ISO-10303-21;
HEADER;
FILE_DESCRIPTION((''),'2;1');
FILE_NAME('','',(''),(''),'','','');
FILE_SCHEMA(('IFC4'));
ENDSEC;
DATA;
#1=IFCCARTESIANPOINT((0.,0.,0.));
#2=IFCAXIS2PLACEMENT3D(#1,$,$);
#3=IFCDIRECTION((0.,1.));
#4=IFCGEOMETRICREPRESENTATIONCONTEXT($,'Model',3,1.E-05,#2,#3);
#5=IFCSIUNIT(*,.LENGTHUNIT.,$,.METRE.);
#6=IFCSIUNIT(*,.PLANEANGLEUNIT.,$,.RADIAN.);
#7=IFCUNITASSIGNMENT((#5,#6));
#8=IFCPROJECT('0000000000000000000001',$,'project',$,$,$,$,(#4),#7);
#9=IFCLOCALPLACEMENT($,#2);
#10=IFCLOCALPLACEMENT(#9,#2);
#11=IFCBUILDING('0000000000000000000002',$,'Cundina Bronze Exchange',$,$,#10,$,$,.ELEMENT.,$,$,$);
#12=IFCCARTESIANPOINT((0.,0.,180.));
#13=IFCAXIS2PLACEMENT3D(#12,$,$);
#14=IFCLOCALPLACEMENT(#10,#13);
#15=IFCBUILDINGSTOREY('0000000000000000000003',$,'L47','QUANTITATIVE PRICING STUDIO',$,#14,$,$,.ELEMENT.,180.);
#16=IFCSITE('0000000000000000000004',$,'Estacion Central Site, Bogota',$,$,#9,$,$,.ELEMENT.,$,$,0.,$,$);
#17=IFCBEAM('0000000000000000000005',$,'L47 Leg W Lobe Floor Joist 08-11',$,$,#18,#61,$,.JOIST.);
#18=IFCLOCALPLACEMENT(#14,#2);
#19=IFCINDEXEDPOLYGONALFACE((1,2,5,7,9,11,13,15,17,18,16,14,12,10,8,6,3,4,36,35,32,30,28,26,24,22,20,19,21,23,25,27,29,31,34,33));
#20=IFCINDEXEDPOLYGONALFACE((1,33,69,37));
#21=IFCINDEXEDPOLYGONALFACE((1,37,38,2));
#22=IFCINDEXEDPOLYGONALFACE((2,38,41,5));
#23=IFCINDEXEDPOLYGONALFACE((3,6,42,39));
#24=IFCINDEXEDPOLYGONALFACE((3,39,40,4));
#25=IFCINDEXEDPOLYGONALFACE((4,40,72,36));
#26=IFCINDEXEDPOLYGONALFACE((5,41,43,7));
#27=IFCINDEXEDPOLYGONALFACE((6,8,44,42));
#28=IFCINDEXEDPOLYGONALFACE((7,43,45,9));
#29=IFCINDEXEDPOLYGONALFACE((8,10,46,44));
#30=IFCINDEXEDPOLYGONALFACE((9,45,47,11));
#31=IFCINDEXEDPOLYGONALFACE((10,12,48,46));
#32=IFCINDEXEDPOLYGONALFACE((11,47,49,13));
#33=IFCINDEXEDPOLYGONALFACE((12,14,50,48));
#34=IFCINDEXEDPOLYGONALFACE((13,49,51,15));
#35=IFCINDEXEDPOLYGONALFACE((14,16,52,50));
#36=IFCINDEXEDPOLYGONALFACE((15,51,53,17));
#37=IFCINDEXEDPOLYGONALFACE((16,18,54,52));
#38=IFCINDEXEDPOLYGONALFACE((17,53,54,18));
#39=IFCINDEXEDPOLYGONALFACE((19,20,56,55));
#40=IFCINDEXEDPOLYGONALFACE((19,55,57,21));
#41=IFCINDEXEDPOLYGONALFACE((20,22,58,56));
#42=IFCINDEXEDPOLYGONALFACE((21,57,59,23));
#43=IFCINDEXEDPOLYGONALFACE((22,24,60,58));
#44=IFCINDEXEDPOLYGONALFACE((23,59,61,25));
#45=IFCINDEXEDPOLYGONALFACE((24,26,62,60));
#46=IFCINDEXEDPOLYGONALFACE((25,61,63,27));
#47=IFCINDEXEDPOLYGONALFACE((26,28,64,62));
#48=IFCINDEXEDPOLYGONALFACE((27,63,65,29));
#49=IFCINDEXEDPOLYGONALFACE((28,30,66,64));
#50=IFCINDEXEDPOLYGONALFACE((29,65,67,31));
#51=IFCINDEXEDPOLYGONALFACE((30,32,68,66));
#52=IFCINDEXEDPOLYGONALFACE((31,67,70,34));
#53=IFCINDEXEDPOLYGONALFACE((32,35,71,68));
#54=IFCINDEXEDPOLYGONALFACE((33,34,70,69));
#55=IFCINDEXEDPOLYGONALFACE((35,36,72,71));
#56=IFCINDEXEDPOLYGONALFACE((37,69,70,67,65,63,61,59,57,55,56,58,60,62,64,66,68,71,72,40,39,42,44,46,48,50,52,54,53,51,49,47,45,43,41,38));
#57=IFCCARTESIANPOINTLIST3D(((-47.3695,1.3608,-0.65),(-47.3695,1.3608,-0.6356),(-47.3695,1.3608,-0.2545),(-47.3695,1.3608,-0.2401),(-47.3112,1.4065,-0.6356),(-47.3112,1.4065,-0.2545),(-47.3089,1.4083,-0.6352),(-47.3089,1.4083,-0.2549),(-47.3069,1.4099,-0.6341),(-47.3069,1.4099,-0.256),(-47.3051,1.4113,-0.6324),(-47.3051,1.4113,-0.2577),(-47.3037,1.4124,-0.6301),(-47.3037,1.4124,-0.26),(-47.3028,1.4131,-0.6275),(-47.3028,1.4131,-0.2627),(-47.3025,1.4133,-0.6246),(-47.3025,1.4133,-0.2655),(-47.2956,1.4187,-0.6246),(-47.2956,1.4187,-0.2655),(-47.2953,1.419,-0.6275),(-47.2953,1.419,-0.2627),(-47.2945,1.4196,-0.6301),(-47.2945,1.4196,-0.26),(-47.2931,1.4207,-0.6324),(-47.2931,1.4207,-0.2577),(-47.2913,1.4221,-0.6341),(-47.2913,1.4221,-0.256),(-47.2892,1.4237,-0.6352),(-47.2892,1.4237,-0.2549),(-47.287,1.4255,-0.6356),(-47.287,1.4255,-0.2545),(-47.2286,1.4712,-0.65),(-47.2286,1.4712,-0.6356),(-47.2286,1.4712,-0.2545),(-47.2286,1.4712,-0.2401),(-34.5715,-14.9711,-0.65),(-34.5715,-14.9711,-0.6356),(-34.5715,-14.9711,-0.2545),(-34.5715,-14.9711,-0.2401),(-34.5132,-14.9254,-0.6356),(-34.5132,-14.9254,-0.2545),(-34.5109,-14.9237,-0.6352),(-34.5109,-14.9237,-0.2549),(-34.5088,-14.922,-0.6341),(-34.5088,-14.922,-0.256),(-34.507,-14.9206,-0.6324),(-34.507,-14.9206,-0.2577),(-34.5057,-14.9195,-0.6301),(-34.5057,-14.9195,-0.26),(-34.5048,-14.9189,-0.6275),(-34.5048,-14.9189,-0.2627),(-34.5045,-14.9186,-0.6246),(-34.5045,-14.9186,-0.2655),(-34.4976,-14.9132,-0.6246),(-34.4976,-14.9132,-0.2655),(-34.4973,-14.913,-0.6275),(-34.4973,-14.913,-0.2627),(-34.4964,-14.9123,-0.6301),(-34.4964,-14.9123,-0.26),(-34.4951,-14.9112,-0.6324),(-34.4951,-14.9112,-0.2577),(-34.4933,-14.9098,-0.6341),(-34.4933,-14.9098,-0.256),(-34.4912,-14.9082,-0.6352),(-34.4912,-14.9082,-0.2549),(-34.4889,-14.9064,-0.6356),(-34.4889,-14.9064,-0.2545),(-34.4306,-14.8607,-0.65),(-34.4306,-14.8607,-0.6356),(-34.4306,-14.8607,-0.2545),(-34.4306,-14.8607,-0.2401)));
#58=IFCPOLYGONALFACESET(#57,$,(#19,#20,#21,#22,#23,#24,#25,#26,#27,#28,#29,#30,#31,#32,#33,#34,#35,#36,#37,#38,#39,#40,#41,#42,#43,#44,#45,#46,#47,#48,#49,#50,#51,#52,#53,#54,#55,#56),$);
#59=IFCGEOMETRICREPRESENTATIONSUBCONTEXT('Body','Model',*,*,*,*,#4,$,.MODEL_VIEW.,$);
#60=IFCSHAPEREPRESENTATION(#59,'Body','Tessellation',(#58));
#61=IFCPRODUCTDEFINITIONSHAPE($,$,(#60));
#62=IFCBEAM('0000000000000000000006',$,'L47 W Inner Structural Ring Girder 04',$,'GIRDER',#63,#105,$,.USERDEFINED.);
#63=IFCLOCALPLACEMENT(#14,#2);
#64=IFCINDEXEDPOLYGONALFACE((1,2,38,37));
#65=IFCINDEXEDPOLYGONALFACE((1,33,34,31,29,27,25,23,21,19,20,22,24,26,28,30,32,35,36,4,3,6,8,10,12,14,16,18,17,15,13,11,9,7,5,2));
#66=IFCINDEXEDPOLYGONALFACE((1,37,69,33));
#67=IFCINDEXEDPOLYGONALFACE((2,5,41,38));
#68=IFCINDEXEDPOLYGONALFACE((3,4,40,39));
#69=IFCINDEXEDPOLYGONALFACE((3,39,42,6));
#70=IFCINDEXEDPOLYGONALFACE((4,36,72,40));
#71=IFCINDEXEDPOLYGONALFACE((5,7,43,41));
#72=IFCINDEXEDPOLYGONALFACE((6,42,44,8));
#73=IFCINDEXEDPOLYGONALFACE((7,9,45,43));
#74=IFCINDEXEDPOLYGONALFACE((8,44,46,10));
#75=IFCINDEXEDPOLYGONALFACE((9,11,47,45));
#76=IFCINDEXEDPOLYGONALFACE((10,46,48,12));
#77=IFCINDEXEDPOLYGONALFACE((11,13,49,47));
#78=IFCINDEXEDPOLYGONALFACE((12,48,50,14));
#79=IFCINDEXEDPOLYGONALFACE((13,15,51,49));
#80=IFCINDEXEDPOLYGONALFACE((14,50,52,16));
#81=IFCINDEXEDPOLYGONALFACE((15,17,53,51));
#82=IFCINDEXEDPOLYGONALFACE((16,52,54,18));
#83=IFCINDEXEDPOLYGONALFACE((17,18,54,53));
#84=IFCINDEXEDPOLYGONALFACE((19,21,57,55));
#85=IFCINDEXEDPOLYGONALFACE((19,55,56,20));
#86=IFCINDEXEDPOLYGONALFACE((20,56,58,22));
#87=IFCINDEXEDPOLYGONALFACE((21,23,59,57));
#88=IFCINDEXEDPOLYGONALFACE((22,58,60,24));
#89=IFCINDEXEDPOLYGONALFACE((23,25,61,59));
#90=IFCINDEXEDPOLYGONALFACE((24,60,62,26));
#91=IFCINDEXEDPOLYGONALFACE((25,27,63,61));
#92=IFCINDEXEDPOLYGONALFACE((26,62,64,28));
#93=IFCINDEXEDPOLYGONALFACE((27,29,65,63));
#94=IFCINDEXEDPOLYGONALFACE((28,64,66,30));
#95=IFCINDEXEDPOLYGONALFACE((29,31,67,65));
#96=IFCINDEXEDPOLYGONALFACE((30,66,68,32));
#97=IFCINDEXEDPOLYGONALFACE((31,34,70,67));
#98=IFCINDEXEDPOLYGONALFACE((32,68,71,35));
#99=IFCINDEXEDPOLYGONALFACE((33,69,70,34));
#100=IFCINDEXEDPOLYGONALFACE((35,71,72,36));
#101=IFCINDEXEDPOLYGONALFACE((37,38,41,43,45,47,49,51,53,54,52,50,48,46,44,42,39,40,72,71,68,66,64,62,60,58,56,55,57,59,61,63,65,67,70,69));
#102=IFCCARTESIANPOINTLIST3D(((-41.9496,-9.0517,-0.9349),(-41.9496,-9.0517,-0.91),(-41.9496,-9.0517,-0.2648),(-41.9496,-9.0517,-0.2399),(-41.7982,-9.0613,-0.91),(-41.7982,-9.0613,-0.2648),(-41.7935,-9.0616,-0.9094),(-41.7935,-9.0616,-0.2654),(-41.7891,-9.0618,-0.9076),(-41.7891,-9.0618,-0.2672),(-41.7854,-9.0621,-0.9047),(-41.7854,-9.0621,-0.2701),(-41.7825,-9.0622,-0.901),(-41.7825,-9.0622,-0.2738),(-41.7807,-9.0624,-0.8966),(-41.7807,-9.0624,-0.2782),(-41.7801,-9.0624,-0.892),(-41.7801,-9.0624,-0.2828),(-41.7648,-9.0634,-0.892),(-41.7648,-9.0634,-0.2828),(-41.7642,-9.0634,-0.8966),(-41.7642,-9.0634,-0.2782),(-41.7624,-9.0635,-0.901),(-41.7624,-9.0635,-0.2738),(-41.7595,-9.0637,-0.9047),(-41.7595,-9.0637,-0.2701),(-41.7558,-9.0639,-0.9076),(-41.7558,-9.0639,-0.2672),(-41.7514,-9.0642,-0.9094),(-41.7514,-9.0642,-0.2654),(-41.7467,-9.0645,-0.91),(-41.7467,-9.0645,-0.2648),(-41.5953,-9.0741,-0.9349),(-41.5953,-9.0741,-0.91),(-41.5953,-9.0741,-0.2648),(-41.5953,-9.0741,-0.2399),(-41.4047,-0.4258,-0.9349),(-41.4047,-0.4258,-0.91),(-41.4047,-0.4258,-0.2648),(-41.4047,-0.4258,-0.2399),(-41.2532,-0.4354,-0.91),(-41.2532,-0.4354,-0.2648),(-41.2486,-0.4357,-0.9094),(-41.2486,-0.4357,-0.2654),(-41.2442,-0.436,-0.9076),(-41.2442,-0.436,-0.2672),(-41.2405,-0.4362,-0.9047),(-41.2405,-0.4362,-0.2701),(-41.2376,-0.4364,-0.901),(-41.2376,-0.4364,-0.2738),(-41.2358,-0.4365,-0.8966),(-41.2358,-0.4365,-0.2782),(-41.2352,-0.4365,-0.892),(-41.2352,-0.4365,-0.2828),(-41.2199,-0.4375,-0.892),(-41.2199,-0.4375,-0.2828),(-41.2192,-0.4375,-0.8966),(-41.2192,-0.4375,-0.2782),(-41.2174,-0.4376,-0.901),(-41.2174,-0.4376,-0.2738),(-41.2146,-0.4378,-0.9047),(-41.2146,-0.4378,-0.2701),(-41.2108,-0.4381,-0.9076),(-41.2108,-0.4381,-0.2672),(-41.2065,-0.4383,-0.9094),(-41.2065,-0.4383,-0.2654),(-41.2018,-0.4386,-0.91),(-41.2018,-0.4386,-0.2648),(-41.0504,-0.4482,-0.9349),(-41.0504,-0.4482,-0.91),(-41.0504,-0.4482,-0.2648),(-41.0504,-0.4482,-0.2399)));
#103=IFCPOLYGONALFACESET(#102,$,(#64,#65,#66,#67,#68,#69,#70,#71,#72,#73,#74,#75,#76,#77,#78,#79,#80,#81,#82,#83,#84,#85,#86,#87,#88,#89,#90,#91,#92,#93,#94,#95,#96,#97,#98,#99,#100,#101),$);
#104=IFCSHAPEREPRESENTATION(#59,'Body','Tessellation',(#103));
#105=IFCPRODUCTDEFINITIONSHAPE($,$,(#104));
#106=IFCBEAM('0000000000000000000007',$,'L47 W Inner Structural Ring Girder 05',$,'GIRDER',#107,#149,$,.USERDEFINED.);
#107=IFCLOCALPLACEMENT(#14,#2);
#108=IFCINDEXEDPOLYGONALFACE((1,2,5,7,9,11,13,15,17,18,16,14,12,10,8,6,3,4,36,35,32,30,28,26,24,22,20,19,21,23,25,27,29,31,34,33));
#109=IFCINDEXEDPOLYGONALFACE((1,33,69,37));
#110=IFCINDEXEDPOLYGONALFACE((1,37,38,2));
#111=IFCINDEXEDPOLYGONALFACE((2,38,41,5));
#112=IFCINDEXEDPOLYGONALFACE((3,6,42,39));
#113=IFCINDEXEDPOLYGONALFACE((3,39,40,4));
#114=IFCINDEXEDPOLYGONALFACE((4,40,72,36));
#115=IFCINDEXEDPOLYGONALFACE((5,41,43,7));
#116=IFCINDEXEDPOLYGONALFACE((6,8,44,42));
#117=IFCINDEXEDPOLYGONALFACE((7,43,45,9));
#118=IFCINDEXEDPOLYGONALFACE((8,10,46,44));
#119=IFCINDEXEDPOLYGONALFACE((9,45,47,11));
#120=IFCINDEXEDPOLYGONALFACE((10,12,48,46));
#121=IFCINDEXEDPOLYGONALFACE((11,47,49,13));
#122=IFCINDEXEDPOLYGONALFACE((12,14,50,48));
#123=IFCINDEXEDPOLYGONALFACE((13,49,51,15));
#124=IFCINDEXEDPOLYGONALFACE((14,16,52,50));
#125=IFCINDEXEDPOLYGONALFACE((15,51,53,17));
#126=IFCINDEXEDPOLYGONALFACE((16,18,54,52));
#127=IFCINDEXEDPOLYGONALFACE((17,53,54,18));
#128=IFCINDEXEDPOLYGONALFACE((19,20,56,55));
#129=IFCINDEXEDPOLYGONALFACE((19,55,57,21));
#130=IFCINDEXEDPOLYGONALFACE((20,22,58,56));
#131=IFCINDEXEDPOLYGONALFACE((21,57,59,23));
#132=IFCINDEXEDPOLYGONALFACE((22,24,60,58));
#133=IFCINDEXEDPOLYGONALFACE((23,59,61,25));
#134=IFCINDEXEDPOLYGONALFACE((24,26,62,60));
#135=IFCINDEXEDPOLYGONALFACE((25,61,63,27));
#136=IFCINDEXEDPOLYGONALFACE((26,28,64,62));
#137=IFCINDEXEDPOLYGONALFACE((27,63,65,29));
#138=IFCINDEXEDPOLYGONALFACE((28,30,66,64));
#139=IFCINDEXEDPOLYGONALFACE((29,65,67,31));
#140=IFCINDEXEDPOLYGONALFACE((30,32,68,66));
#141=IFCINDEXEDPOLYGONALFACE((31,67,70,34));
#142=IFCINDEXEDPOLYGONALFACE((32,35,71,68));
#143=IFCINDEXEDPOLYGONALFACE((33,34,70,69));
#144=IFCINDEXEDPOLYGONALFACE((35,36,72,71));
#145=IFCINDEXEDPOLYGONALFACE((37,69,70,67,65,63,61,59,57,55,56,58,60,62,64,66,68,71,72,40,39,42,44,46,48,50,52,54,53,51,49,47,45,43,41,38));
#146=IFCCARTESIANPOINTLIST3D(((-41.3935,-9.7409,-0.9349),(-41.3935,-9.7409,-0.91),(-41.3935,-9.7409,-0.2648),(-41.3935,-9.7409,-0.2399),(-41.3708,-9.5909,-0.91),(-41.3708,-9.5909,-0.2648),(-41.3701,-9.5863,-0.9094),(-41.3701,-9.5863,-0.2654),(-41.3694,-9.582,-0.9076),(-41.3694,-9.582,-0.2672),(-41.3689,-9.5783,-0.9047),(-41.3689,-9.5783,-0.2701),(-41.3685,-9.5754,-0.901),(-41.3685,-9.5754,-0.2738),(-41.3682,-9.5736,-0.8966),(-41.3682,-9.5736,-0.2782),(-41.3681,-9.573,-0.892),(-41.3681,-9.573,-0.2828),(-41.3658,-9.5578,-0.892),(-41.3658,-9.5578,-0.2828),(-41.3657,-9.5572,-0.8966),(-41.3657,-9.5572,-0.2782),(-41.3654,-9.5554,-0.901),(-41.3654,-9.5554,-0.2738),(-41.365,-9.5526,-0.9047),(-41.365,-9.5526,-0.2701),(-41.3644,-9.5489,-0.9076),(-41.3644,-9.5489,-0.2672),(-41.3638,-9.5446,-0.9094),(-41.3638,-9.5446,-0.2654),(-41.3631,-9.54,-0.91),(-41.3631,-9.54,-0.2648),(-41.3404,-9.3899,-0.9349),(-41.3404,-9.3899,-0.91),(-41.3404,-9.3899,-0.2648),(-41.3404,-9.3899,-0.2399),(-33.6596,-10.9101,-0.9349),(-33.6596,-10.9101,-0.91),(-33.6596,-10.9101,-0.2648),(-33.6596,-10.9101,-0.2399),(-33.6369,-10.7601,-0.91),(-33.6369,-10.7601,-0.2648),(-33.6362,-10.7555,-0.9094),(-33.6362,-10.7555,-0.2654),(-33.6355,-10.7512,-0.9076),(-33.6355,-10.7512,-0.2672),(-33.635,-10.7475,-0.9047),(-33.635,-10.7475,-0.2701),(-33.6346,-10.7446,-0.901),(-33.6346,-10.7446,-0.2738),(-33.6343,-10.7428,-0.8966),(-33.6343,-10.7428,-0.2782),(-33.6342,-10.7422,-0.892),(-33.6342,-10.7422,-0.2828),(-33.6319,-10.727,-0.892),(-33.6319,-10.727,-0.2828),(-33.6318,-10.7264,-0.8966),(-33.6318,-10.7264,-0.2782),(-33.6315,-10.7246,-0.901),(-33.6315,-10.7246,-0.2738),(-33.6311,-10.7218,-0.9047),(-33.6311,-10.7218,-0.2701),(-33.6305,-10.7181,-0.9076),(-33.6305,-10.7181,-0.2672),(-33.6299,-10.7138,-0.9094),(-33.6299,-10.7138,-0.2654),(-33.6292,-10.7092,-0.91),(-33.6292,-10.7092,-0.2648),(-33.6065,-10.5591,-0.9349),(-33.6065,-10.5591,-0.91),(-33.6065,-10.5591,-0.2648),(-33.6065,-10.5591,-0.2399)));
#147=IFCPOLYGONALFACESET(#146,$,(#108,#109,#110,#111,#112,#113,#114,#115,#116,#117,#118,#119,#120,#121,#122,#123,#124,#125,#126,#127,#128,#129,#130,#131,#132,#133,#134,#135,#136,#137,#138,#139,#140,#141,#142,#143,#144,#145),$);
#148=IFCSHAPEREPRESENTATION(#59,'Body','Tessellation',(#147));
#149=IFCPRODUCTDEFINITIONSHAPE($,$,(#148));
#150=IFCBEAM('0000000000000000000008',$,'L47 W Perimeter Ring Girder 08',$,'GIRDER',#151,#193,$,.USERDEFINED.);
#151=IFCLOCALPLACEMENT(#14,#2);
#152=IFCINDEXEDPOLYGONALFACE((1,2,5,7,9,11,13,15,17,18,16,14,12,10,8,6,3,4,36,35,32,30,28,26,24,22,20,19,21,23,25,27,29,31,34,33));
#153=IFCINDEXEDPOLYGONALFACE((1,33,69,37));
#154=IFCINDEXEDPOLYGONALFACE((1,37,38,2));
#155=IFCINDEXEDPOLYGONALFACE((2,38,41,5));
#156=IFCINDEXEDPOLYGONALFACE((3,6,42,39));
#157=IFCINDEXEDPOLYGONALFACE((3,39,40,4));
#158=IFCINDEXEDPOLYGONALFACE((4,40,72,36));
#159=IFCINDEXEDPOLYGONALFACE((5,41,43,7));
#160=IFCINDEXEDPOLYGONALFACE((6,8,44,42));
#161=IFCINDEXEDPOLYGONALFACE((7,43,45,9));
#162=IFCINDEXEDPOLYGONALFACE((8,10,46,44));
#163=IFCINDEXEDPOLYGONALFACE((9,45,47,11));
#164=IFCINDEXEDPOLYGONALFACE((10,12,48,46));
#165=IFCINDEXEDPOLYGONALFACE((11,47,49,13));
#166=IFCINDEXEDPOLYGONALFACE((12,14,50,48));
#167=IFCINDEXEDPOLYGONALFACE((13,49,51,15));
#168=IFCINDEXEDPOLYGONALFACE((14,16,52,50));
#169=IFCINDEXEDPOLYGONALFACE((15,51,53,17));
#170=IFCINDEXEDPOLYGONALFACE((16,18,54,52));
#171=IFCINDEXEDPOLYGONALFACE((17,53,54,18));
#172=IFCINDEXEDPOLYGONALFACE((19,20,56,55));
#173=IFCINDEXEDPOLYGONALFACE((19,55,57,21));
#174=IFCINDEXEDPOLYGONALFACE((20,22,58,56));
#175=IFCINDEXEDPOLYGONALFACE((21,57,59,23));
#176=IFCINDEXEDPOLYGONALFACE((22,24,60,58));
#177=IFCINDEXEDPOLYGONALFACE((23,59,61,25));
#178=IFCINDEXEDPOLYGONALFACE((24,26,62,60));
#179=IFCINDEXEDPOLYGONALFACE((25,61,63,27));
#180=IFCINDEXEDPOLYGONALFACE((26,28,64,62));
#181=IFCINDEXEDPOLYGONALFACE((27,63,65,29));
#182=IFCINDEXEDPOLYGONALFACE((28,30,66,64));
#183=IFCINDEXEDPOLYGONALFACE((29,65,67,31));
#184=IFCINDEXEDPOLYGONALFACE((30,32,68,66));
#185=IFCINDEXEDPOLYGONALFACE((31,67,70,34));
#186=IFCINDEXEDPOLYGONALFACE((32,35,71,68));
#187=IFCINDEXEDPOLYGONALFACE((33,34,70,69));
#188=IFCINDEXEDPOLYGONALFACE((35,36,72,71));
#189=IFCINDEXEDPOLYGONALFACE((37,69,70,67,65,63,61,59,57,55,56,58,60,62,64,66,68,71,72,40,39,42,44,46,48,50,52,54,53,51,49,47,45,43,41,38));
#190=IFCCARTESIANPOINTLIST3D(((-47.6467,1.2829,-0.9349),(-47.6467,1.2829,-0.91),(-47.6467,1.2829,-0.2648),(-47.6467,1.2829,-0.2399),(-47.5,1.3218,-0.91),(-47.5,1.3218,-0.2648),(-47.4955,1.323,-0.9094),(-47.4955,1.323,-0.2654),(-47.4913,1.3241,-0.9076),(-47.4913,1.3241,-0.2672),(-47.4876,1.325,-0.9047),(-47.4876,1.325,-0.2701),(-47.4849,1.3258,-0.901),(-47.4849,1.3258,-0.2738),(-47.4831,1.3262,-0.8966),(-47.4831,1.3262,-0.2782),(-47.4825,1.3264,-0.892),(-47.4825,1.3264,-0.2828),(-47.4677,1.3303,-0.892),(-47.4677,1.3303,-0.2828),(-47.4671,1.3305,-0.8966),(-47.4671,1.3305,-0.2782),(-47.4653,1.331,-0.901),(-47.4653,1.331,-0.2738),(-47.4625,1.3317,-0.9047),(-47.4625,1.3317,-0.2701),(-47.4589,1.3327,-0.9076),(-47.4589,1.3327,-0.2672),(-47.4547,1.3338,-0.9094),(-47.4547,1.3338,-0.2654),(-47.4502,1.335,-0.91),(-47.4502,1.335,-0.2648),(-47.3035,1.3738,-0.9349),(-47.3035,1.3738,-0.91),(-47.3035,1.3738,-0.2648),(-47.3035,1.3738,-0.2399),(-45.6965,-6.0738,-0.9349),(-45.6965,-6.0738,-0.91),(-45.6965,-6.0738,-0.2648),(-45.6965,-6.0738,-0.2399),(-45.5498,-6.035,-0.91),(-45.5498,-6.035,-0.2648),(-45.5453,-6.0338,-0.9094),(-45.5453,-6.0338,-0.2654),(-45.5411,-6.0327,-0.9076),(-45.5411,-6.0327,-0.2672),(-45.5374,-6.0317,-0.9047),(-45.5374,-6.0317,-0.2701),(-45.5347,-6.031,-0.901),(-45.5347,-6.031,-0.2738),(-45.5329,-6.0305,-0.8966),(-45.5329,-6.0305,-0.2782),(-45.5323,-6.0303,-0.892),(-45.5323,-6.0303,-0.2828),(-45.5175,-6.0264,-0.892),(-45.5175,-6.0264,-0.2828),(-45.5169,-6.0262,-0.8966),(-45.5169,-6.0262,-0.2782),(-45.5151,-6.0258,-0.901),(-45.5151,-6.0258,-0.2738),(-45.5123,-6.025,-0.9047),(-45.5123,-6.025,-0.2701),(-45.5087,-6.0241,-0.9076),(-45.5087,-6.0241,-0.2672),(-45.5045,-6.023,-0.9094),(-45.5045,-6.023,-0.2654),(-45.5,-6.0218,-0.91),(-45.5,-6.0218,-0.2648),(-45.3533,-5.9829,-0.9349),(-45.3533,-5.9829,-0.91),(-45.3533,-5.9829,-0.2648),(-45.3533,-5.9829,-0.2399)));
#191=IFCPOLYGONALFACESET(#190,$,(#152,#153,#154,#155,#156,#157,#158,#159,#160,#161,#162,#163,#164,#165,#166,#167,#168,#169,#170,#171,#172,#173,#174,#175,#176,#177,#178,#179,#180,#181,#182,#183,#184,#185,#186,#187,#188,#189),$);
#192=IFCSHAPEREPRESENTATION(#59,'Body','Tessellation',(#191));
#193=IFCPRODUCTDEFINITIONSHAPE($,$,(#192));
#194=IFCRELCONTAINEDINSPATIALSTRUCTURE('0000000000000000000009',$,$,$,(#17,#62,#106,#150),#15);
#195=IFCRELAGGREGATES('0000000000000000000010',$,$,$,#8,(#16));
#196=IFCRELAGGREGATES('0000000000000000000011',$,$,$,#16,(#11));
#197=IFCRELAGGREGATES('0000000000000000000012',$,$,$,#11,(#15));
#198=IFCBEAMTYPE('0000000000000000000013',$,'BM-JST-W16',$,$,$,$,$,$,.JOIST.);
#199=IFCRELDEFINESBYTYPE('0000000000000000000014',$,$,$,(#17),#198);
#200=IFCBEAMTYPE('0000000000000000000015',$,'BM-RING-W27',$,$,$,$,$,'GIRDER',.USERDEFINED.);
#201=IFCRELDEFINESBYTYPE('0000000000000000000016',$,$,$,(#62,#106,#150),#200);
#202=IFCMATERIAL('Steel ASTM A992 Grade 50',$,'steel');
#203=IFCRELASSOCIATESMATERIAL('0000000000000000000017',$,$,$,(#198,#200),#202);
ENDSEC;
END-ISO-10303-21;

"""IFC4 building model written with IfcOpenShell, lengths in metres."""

from ifc_helpers import new_model, si_unit, direction, frame, origin, origin_2d, place, context, subcontext, project, spatial, i_section, extrude, material, material_profile, profile_set, type_object, element, save


model = new_model("IFC4")

# Units and contexts
model_context = context("Model", 3, precision=1e-05, world=origin(), true_north=direction((0.0, 1.0)))
body_context = subcontext(model_context, "Body", "Model", "MODEL_VIEW")
ifc_project = project(units=[si_unit("LENGTHUNIT", "METRE"), si_unit("PLANEANGLEUNIT", "RADIAN")], contexts=[model_context])

# Site, building, storey
site_placement = place(None, origin())
site = spatial("IfcSite", under=ifc_project, at=site_placement, Name="Estacion Central Site, Bogota", CompositionType="ELEMENT", RefElevation=0.0)
building_placement = place(site_placement, origin())
building = spatial("IfcBuilding", under=site, at=building_placement, Name="Cundina Bronze Exchange", CompositionType="ELEMENT")
storey_placement = place(building_placement, frame((0.0, 0.0, 180.0)))
storey = spatial("IfcBuildingStorey", under=building, at=storey_placement, Name="L47", Description="QUANTITATIVE PRICING STUDIO", CompositionType="ELEMENT", Elevation=180.0)

# Beams
ifc_material_1 = material(Name="Steel ASTM A992 Grade 50", Category="steel")
ifc_material_profile_1 = material_profile(ifc_material_1, i_section(OverallWidth=0.179, OverallDepth=0.4099, WebThickness=0.0088, FlangeThickness=0.0144, FilletRadius=0.011, at=origin_2d()), Name="W16X45", Category="steel")
ifc_profile_set_1 = profile_set([ifc_material_profile_1], Name="Steel ASTM A992 Grade 50")
beam_type_1 = type_object("IfcBeamType", Name="BM-JST-W16", PredefinedType="JOIST", material=ifc_profile_set_1)
beam_1_placement = place(storey_placement, frame((-47.2991, 1.416, -0.4451), z_axis=(0.616801, -0.787119, 0.0), x_axis=(0.787119, 0.616801, 0.0)))
element("IfcBeam", 1, at=beam_1_placement, inside=storey, type_object=beam_type_1, Name="L47 Leg W Lobe Floor Joist 08-11", PredefinedType="JOIST", context=body_context, shape_type="SweptSolid", body=[
    extrude(i_section(OverallWidth=0.179, OverallDepth=0.4099, WebThickness=0.0088, FlangeThickness=0.0144, FilletRadius=0.011, at=origin_2d()), origin(), (0.0, 0.0, 1.0), 20.749),
])
ifc_material_profile_2 = material_profile(ifc_material_1, i_section(OverallWidth=0.355, OverallDepth=0.6951, WebThickness=0.0154, FlangeThickness=0.0249, FilletRadius=0.0181, at=origin_2d()), Name="W27X146", Category="steel")
ifc_profile_set_2 = profile_set([ifc_material_profile_2], Name="Steel ASTM A992 Grade 50")
beam_type_2 = type_object("IfcBeamType", Name="BM-RING-W27", ElementType="GIRDER", PredefinedType="USERDEFINED", material=ifc_profile_set_2)
beam_2_placement = place(storey_placement, frame((-41.2275, -0.437, -0.5874), z_axis=(-0.063047, -0.998011, 0.0), x_axis=(0.998011, -0.063047, 0.0)))
element("IfcBeam", 2, at=beam_2_placement, inside=storey, type_object=beam_type_2, Name="L47 W Inner Structural Ring Girder 04", ObjectType="GIRDER", PredefinedType="USERDEFINED", context=body_context, shape_type="SweptSolid", body=[
    extrude(i_section(OverallWidth=0.355, OverallDepth=0.6951, WebThickness=0.0154, FlangeThickness=0.0249, FilletRadius=0.0181, at=origin_2d()), origin(), (0.0, 0.0, 1.0), 8.6431),
])
beam_3_placement = place(storey_placement, frame((-41.3669, -9.5654, -0.5874), z_axis=(0.988765, -0.149479, 0.0), x_axis=(0.149479, 0.988765, 0.0)))
element("IfcBeam", 3, at=beam_3_placement, inside=storey, type_object=beam_type_2, Name="L47 W Inner Structural Ring Girder 05", ObjectType="GIRDER", PredefinedType="USERDEFINED", context=body_context, shape_type="SweptSolid", body=[
    extrude(i_section(OverallWidth=0.355, OverallDepth=0.6951, WebThickness=0.0154, FlangeThickness=0.0249, FilletRadius=0.0181, at=origin_2d()), origin(), (0.0, 0.0, 1.0), 7.8218),
])
for number, where, z_axis, x_axis, name in (
    (4, (-47.4751, 1.3284, -0.5874), (0.256241, -0.966613, 0.0), (0.966613, 0.256241, 0.0), "L47 W Perimeter Ring Girder 08"),
):
    element("IfcBeam", number, at=place(storey_placement, frame(where, z_axis=z_axis, x_axis=x_axis)), inside=storey, type_object=beam_type_2, Name=name, ObjectType="GIRDER", PredefinedType="USERDEFINED", context=body_context, shape_type="SweptSolid", body=[
        extrude(i_section(OverallWidth=0.355, OverallDepth=0.6951, WebThickness=0.0154, FlangeThickness=0.0249, FilletRadius=0.0181, at=origin_2d()), origin(), (0.0, 0.0, 1.0), 7.6108),
    ])

save(model, "model.ifc")
